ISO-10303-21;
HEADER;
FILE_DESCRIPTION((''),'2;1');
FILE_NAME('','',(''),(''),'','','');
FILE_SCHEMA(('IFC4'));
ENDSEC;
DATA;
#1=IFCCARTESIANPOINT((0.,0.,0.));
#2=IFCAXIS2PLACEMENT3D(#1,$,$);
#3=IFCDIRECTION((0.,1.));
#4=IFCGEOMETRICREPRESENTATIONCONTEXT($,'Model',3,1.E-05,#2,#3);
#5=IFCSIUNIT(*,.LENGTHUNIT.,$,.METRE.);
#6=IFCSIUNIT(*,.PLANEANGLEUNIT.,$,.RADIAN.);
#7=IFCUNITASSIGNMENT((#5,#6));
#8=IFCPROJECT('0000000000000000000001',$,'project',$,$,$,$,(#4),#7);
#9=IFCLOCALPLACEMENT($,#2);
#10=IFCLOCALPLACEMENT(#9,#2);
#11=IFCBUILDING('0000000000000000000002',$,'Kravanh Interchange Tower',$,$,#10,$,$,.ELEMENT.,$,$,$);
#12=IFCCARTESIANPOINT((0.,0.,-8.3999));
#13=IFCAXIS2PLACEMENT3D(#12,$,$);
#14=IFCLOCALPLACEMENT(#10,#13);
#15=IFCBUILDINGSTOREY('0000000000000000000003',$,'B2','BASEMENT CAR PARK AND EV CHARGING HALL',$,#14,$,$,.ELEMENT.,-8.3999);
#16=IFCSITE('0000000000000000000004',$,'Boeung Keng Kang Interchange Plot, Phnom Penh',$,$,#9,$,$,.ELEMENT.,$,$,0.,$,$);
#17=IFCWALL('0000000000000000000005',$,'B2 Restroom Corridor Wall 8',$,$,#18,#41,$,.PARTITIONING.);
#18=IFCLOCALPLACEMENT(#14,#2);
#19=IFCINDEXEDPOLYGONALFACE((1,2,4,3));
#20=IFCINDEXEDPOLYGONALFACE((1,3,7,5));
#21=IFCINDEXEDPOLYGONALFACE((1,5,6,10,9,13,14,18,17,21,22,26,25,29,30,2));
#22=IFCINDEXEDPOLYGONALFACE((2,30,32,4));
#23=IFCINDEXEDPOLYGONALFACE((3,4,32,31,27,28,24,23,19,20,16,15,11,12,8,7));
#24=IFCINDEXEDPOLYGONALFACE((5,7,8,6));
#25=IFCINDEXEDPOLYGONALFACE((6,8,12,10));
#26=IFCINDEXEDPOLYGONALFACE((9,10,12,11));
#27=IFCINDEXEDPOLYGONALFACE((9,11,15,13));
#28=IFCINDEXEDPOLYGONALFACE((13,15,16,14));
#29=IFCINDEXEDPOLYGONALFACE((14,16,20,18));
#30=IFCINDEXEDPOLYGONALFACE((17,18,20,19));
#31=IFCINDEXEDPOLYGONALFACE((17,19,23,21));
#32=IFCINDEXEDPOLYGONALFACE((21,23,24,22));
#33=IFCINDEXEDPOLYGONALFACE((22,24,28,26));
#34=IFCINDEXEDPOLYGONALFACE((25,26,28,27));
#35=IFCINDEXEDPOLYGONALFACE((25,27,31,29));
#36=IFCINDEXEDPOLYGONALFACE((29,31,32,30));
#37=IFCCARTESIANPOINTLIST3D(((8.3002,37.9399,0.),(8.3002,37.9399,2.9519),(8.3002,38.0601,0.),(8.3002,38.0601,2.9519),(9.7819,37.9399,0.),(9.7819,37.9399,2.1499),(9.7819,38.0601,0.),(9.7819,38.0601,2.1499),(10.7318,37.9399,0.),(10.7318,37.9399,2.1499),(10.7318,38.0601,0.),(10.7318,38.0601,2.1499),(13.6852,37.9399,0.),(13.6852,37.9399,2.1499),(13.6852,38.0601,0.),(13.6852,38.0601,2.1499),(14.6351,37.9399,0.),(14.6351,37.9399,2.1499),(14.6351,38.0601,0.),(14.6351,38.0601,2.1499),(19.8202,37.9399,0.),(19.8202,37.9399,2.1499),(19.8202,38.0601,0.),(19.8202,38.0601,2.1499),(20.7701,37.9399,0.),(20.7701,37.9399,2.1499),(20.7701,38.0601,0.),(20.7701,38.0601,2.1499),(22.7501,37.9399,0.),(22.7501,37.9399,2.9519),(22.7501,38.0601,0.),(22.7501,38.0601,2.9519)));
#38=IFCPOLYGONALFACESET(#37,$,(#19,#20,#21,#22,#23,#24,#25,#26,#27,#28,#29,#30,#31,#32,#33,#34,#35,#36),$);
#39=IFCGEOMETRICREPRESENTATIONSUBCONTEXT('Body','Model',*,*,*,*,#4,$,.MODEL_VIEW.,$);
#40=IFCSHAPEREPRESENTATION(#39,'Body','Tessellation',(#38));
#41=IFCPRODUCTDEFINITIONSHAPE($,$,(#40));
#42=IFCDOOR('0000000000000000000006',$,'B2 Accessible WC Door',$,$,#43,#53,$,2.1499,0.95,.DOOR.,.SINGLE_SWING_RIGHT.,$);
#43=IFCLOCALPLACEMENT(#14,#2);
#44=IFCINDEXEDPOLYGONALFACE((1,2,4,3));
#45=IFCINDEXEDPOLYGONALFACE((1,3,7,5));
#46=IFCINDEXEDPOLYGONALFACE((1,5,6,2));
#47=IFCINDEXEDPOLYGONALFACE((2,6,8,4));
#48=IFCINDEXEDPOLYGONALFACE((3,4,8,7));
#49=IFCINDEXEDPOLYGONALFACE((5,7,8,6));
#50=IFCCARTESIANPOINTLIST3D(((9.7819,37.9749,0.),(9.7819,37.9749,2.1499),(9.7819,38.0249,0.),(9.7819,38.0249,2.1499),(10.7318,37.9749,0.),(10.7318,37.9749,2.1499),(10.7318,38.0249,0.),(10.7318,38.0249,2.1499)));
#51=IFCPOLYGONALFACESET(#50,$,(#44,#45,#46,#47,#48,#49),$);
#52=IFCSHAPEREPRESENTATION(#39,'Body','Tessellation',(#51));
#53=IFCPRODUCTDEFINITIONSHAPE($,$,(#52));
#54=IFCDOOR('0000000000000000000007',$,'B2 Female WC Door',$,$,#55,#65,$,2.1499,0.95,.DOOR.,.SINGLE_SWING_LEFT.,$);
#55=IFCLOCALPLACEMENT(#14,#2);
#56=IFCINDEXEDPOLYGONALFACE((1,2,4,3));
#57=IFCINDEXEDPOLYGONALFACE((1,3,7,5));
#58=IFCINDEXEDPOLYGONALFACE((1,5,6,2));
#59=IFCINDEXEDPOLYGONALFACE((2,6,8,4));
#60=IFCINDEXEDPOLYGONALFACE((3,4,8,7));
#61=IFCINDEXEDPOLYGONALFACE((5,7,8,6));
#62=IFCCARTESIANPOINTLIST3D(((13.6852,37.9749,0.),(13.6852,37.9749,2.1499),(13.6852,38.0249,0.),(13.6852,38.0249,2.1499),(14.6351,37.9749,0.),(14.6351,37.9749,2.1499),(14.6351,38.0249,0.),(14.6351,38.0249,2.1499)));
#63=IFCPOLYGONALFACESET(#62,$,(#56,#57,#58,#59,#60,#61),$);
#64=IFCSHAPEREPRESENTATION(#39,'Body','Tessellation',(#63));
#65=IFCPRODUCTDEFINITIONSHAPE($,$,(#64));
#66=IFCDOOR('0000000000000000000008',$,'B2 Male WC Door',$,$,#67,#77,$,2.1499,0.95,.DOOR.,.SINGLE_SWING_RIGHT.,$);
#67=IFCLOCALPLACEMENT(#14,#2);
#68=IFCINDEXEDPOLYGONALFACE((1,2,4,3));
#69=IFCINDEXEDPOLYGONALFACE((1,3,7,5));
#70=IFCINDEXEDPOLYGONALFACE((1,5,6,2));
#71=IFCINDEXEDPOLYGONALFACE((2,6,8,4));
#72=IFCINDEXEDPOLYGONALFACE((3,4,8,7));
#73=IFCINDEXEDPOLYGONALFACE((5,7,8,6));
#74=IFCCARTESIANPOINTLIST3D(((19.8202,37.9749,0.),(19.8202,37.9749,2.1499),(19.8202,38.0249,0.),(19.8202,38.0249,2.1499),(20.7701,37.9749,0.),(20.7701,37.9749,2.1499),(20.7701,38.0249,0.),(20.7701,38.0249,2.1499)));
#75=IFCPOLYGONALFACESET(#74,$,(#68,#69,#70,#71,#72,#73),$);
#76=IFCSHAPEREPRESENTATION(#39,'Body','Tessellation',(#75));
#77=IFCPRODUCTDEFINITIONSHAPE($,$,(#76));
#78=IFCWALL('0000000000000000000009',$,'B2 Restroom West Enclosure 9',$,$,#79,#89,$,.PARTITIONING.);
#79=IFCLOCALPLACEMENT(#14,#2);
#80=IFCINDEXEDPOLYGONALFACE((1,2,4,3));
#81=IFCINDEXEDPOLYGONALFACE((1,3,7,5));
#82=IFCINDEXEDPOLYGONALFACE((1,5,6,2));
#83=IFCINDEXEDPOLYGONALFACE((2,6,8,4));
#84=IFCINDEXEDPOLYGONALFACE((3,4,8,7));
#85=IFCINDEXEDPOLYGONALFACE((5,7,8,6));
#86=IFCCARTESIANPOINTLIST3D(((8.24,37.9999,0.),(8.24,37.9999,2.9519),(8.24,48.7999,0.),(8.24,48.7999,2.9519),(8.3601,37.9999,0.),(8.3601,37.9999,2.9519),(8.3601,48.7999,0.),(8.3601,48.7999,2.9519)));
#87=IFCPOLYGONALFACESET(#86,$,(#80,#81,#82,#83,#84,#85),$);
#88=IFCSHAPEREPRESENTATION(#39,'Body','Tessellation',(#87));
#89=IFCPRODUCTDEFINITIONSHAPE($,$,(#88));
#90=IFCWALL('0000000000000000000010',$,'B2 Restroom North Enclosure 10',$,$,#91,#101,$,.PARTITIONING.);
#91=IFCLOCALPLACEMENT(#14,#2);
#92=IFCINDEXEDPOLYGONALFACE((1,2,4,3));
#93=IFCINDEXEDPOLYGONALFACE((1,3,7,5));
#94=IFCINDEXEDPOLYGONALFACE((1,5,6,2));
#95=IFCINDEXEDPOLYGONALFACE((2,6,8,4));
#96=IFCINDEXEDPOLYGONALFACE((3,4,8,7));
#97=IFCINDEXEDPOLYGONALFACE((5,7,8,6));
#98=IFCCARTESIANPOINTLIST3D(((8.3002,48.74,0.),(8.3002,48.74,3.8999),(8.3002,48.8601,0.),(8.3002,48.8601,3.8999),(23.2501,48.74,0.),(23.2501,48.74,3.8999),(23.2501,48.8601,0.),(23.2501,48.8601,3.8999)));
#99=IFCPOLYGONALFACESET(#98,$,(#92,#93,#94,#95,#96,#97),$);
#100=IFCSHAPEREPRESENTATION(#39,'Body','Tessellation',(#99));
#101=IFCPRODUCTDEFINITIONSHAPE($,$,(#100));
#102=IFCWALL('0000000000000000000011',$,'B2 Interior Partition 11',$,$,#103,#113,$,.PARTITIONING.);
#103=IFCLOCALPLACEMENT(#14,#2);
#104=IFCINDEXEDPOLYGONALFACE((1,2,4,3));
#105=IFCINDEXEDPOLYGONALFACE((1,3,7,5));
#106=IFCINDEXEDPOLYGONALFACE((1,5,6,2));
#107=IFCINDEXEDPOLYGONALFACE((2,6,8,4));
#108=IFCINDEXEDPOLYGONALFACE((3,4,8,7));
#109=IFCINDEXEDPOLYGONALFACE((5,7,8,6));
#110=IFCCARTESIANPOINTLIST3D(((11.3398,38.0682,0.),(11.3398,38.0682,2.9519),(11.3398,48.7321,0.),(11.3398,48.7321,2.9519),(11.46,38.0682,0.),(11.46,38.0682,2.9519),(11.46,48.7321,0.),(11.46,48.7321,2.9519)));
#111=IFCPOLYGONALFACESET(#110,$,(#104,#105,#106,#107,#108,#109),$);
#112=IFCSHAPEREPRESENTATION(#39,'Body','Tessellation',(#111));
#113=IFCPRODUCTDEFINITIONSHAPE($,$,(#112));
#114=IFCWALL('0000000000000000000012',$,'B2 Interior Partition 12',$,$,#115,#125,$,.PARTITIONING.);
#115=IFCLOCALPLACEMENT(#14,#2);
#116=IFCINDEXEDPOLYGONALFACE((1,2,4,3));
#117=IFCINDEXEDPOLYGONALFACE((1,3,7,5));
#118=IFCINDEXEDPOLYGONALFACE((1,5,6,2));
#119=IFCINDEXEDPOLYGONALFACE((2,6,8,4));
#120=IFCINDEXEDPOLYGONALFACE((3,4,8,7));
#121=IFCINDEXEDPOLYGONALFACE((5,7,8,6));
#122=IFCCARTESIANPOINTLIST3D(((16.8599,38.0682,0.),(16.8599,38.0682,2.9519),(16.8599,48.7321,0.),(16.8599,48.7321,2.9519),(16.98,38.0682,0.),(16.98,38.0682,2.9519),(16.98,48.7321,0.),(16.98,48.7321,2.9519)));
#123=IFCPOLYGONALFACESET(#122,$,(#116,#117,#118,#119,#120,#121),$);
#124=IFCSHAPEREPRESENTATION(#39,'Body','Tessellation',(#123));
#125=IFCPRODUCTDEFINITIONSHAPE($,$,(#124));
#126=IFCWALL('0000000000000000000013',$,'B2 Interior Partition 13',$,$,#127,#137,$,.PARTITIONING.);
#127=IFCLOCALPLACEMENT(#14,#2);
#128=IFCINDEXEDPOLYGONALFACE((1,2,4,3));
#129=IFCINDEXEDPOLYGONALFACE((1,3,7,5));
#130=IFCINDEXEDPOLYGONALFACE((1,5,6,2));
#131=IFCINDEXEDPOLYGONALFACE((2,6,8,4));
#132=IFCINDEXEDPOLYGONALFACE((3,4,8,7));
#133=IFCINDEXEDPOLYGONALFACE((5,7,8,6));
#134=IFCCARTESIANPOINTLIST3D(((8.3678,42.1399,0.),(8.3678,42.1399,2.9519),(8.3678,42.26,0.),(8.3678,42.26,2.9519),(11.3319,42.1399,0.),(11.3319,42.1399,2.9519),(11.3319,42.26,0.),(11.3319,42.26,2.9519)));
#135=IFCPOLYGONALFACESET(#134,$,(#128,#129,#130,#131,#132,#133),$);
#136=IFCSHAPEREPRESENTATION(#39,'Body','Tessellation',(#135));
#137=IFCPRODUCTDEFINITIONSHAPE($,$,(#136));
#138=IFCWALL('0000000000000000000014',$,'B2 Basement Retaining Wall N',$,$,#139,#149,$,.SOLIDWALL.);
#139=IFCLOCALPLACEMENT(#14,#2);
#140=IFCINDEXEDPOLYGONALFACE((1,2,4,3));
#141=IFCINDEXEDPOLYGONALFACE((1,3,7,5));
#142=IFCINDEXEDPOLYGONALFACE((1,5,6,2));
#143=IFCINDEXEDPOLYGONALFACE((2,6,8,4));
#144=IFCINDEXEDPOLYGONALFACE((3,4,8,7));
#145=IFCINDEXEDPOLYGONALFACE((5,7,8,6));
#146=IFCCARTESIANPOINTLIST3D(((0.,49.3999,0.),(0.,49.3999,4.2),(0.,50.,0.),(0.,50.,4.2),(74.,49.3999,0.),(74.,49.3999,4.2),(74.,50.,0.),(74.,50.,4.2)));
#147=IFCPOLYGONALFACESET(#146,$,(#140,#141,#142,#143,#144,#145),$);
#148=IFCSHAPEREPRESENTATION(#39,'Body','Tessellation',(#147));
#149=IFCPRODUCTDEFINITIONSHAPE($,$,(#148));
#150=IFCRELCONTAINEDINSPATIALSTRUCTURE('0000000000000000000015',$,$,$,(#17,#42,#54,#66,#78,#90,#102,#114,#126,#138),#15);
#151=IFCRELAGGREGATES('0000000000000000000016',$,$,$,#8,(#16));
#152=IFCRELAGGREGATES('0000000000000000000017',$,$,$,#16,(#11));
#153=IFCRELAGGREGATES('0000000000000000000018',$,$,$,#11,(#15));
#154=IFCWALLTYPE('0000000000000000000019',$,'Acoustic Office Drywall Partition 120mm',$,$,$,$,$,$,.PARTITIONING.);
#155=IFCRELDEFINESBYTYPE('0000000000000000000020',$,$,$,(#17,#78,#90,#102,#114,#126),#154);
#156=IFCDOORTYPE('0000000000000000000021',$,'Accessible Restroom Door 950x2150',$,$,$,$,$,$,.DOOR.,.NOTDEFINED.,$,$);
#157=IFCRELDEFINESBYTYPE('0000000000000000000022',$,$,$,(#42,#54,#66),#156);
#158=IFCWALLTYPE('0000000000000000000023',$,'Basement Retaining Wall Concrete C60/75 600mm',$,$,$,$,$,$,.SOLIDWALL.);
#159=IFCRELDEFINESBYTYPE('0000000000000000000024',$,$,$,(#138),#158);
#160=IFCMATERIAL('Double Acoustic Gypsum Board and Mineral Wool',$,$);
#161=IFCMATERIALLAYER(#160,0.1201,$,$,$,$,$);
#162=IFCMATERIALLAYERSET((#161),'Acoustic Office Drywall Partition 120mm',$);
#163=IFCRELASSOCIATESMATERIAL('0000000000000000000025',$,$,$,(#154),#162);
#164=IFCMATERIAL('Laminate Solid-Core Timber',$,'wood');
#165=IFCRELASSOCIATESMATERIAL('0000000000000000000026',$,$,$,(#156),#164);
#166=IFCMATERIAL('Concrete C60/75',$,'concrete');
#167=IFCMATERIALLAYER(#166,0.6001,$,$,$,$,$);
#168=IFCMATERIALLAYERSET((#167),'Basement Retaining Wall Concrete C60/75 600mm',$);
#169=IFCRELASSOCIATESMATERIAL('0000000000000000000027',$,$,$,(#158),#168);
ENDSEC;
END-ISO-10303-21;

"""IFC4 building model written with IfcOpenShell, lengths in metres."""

from ifc_helpers import new_model, si_unit, direction, frame, frame_2d, origin, place, context, subcontext, project, spatial, rectangle, extrude, material, layer, layer_set, type_object, element, fill, save


model = new_model("IFC4")

# Units and contexts
model_context = context("Model", 3, precision=1e-05, world=origin(), true_north=direction((0.0, 1.0)))
body_context = subcontext(model_context, "Body", "Model", "MODEL_VIEW")
ifc_project = project(units=[si_unit("LENGTHUNIT", "METRE"), si_unit("PLANEANGLEUNIT", "RADIAN")], contexts=[model_context])

# Site, building, storey
site_placement = place(None, origin())
site = spatial("IfcSite", under=ifc_project, at=site_placement, Name="Boeung Keng Kang Interchange Plot, Phnom Penh", CompositionType="ELEMENT", RefElevation=0.0)
building_placement = place(site_placement, origin())
building = spatial("IfcBuilding", under=site, at=building_placement, Name="Kravanh Interchange Tower", CompositionType="ELEMENT")
storey_placement = place(building_placement, frame((0.0, 0.0, -8.3999)))
storey = spatial("IfcBuildingStorey", under=building, at=storey_placement, Name="B2", Description="BASEMENT CAR PARK AND EV CHARGING HALL", CompositionType="ELEMENT", Elevation=-8.3999)

# Wall, openings, doors
ifc_material_1 = material(Name="Double Acoustic Gypsum Board and Mineral Wool")
ifc_layer_1 = layer(ifc_material_1, 0.1201)
ifc_layer_set_1 = layer_set([ifc_layer_1], Name="Acoustic Office Drywall Partition 120mm")
wall_type_1 = type_object("IfcWallType", Name="Acoustic Office Drywall Partition 120mm", PredefinedType="PARTITIONING", material=ifc_layer_set_1)
wall_1_placement = place(storey_placement, frame((8.3, 38.0, 0.0), z_axis=(0.0, 0.0, 1.0), x_axis=(1.0, 0.0, 0.0)))
wall_1 = element("IfcWall", 1, at=wall_1_placement, inside=storey, type_object=wall_type_1, Name="B2 Restroom Corridor Wall 8", PredefinedType="PARTITIONING", context=body_context, shape_type="SweptSolid", body=[
    extrude(rectangle(XDim=14.45, YDim=0.1201, at=frame_2d((7.2251, 0.0))), origin(), (0.0, 0.0, 1.0), 2.9519),
])
opening_1_placement = place(wall_1_placement, frame((1.4817, 0.0, 0.0)))
opening_1 = element("IfcOpeningElement", 2, at=opening_1_placement, cuts=wall_1, PredefinedType="OPENING", context=body_context, shape_type="SweptSolid", body=[
    extrude(rectangle(XDim=0.95, YDim=2.1499, at=frame_2d((0.4751, 1.075))), frame((0.0, 0.0701, 0.0), z_axis=(0.0, -1.0, 0.0), x_axis=(1.0, 0.0, 0.0)), (0.0, 0.0, 1.0), 0.1401),
])
opening_2_placement = place(wall_1_placement, frame((5.385, 0.0, 0.0)))
opening_2 = element("IfcOpeningElement", 3, at=opening_2_placement, cuts=wall_1, PredefinedType="OPENING", context=body_context, shape_type="SweptSolid", body=[
    extrude(rectangle(XDim=0.95, YDim=2.1499, at=frame_2d((0.4751, 1.075))), frame((0.0, 0.0701, 0.0), z_axis=(0.0, -1.0, 0.0), x_axis=(1.0, 0.0, 0.0)), (0.0, 0.0, 1.0), 0.1401),
])
opening_3_placement = place(wall_1_placement, frame((11.52, 0.0, 0.0)))
opening_3 = element("IfcOpeningElement", 4, at=opening_3_placement, cuts=wall_1, PredefinedType="OPENING", context=body_context, shape_type="SweptSolid", body=[
    extrude(rectangle(XDim=0.95, YDim=2.1499, at=frame_2d((0.4751, 1.075))), frame((0.0, 0.0701, 0.0), z_axis=(0.0, -1.0, 0.0), x_axis=(1.0, 0.0, 0.0)), (0.0, 0.0, 1.0), 0.1401),
])
ifc_material_2 = material(Name="Laminate Solid-Core Timber", Category="wood")
door_type = type_object("IfcDoorType", Name="Accessible Restroom Door 950x2150", OperationType="NOTDEFINED", PredefinedType="DOOR", material=ifc_material_2)
door_1_placement = place(opening_1_placement, origin())
door_1 = element("IfcDoor", 5, at=door_1_placement, inside=storey, type_object=door_type, Name="B2 Accessible WC Door", OperationType="SINGLE_SWING_RIGHT", OverallHeight=2.1499, OverallWidth=0.95, PredefinedType="DOOR", context=body_context, shape_type="SweptSolid", body=[
    extrude(rectangle(XDim=0.95, YDim=2.1499, at=frame_2d((0.4751, 1.075))), frame((0.0, 0.0249, 0.0), z_axis=(0.0, -1.0, 0.0), x_axis=(1.0, 0.0, 0.0)), (0.0, 0.0, 1.0), 0.05),
])
fill(opening_1, door_1)
door_2_placement = place(opening_2_placement, origin())
door_2 = element("IfcDoor", 6, at=door_2_placement, inside=storey, type_object=door_type, Name="B2 Female WC Door", OperationType="SINGLE_SWING_LEFT", OverallHeight=2.1499, OverallWidth=0.95, PredefinedType="DOOR", context=body_context, shape_type="SweptSolid", body=[
    extrude(rectangle(XDim=0.95, YDim=2.1499, at=frame_2d((0.4751, 1.075))), frame((0.0, 0.0249, 0.0), z_axis=(0.0, -1.0, 0.0), x_axis=(1.0, 0.0, 0.0)), (0.0, 0.0, 1.0), 0.05),
])
fill(opening_2, door_2)
door_3_placement = place(opening_3_placement, origin())
door_3 = element("IfcDoor", 7, at=door_3_placement, inside=storey, type_object=door_type, Name="B2 Male WC Door", OperationType="SINGLE_SWING_RIGHT", OverallHeight=2.1499, OverallWidth=0.95, PredefinedType="DOOR", context=body_context, shape_type="SweptSolid", body=[
    extrude(rectangle(XDim=0.95, YDim=2.1499, at=frame_2d((0.4751, 1.075))), frame((0.0, 0.0249, 0.0), z_axis=(0.0, -1.0, 0.0), x_axis=(1.0, 0.0, 0.0)), (0.0, 0.0, 1.0), 0.05),
])
fill(opening_3, door_3)

# Walls
wall_2_placement = place(storey_placement, frame((8.3, 38.0, 0.0), z_axis=(0.0, 0.0, 1.0), x_axis=(0.0, 1.0, 0.0)))
element("IfcWall", 8, at=wall_2_placement, inside=storey, type_object=wall_type_1, Name="B2 Restroom West Enclosure 9", PredefinedType="PARTITIONING", context=body_context, shape_type="SweptSolid", body=[
    extrude(rectangle(XDim=10.8, YDim=0.1201, at=frame_2d((5.3999, 0.0))), origin(), (0.0, 0.0, 1.0), 2.9519),
])
wall_3_placement = place(storey_placement, frame((8.3, 48.8, 0.0), z_axis=(0.0, 0.0, 1.0), x_axis=(1.0, 0.0, 0.0)))
element("IfcWall", 9, at=wall_3_placement, inside=storey, type_object=wall_type_1, Name="B2 Restroom North Enclosure 10", PredefinedType="PARTITIONING", context=body_context, shape_type="SweptSolid", body=[
    extrude(rectangle(XDim=14.95, YDim=0.1201, at=frame_2d((7.4751, 0.0))), origin(), (0.0, 0.0, 1.0), 3.8999),
])
for number, where, z_axis, x_axis, name in (
    (10, (11.3999, 38.0681, 0.0), (0.0, 0.0, 1.0), (0.0, 1.0, 0.0), "B2 Interior Partition 11"),
    (11, (16.9199, 38.0681, 0.0), (0.0, 0.0, 1.0), (0.0, 1.0, 0.0), "B2 Interior Partition 12"),
):
    element("IfcWall", number, at=place(storey_placement, frame(where, z_axis=z_axis, x_axis=x_axis)), inside=storey, type_object=wall_type_1, Name=name, PredefinedType="PARTITIONING", context=body_context, shape_type="SweptSolid", body=[
        extrude(rectangle(XDim=10.6638, YDim=0.1201, at=frame_2d((5.332, 0.0))), origin(), (0.0, 0.0, 1.0), 2.9519),
    ])
wall_4_placement = place(storey_placement, frame((8.3679, 42.2, 0.0), z_axis=(0.0, 0.0, 1.0), x_axis=(1.0, 0.0, 0.0)))
element("IfcWall", 12, at=wall_4_placement, inside=storey, type_object=wall_type_1, Name="B2 Interior Partition 13", PredefinedType="PARTITIONING", context=body_context, shape_type="SweptSolid", body=[
    extrude(rectangle(XDim=2.9641, YDim=0.1201, at=frame_2d((1.4819, 0.0))), origin(), (0.0, 0.0, 1.0), 2.9519),
])
ifc_material_3 = material(Name="Concrete C60/75", Category="concrete")
ifc_layer_2 = layer(ifc_material_3, 0.6001)
ifc_layer_set_2 = layer_set([ifc_layer_2], Name="Basement Retaining Wall Concrete C60/75 600mm")
wall_type_2 = type_object("IfcWallType", Name="Basement Retaining Wall Concrete C60/75 600mm", PredefinedType="SOLIDWALL", material=ifc_layer_set_2)
wall_5_placement = place(storey_placement, frame((0.0, 49.7, 0.0), z_axis=(0.0, 0.0, 1.0), x_axis=(1.0, 0.0, 0.0)))
element("IfcWall", 13, at=wall_5_placement, inside=storey, type_object=wall_type_2, Name="B2 Basement Retaining Wall N", PredefinedType="SOLIDWALL", context=body_context, shape_type="SweptSolid", body=[
    extrude(rectangle(XDim=74.0, YDim=0.6001, at=frame_2d((37.0, 0.0))), origin(), (0.0, 0.0, 1.0), 4.2),
])

save(model, "model.ifc")
